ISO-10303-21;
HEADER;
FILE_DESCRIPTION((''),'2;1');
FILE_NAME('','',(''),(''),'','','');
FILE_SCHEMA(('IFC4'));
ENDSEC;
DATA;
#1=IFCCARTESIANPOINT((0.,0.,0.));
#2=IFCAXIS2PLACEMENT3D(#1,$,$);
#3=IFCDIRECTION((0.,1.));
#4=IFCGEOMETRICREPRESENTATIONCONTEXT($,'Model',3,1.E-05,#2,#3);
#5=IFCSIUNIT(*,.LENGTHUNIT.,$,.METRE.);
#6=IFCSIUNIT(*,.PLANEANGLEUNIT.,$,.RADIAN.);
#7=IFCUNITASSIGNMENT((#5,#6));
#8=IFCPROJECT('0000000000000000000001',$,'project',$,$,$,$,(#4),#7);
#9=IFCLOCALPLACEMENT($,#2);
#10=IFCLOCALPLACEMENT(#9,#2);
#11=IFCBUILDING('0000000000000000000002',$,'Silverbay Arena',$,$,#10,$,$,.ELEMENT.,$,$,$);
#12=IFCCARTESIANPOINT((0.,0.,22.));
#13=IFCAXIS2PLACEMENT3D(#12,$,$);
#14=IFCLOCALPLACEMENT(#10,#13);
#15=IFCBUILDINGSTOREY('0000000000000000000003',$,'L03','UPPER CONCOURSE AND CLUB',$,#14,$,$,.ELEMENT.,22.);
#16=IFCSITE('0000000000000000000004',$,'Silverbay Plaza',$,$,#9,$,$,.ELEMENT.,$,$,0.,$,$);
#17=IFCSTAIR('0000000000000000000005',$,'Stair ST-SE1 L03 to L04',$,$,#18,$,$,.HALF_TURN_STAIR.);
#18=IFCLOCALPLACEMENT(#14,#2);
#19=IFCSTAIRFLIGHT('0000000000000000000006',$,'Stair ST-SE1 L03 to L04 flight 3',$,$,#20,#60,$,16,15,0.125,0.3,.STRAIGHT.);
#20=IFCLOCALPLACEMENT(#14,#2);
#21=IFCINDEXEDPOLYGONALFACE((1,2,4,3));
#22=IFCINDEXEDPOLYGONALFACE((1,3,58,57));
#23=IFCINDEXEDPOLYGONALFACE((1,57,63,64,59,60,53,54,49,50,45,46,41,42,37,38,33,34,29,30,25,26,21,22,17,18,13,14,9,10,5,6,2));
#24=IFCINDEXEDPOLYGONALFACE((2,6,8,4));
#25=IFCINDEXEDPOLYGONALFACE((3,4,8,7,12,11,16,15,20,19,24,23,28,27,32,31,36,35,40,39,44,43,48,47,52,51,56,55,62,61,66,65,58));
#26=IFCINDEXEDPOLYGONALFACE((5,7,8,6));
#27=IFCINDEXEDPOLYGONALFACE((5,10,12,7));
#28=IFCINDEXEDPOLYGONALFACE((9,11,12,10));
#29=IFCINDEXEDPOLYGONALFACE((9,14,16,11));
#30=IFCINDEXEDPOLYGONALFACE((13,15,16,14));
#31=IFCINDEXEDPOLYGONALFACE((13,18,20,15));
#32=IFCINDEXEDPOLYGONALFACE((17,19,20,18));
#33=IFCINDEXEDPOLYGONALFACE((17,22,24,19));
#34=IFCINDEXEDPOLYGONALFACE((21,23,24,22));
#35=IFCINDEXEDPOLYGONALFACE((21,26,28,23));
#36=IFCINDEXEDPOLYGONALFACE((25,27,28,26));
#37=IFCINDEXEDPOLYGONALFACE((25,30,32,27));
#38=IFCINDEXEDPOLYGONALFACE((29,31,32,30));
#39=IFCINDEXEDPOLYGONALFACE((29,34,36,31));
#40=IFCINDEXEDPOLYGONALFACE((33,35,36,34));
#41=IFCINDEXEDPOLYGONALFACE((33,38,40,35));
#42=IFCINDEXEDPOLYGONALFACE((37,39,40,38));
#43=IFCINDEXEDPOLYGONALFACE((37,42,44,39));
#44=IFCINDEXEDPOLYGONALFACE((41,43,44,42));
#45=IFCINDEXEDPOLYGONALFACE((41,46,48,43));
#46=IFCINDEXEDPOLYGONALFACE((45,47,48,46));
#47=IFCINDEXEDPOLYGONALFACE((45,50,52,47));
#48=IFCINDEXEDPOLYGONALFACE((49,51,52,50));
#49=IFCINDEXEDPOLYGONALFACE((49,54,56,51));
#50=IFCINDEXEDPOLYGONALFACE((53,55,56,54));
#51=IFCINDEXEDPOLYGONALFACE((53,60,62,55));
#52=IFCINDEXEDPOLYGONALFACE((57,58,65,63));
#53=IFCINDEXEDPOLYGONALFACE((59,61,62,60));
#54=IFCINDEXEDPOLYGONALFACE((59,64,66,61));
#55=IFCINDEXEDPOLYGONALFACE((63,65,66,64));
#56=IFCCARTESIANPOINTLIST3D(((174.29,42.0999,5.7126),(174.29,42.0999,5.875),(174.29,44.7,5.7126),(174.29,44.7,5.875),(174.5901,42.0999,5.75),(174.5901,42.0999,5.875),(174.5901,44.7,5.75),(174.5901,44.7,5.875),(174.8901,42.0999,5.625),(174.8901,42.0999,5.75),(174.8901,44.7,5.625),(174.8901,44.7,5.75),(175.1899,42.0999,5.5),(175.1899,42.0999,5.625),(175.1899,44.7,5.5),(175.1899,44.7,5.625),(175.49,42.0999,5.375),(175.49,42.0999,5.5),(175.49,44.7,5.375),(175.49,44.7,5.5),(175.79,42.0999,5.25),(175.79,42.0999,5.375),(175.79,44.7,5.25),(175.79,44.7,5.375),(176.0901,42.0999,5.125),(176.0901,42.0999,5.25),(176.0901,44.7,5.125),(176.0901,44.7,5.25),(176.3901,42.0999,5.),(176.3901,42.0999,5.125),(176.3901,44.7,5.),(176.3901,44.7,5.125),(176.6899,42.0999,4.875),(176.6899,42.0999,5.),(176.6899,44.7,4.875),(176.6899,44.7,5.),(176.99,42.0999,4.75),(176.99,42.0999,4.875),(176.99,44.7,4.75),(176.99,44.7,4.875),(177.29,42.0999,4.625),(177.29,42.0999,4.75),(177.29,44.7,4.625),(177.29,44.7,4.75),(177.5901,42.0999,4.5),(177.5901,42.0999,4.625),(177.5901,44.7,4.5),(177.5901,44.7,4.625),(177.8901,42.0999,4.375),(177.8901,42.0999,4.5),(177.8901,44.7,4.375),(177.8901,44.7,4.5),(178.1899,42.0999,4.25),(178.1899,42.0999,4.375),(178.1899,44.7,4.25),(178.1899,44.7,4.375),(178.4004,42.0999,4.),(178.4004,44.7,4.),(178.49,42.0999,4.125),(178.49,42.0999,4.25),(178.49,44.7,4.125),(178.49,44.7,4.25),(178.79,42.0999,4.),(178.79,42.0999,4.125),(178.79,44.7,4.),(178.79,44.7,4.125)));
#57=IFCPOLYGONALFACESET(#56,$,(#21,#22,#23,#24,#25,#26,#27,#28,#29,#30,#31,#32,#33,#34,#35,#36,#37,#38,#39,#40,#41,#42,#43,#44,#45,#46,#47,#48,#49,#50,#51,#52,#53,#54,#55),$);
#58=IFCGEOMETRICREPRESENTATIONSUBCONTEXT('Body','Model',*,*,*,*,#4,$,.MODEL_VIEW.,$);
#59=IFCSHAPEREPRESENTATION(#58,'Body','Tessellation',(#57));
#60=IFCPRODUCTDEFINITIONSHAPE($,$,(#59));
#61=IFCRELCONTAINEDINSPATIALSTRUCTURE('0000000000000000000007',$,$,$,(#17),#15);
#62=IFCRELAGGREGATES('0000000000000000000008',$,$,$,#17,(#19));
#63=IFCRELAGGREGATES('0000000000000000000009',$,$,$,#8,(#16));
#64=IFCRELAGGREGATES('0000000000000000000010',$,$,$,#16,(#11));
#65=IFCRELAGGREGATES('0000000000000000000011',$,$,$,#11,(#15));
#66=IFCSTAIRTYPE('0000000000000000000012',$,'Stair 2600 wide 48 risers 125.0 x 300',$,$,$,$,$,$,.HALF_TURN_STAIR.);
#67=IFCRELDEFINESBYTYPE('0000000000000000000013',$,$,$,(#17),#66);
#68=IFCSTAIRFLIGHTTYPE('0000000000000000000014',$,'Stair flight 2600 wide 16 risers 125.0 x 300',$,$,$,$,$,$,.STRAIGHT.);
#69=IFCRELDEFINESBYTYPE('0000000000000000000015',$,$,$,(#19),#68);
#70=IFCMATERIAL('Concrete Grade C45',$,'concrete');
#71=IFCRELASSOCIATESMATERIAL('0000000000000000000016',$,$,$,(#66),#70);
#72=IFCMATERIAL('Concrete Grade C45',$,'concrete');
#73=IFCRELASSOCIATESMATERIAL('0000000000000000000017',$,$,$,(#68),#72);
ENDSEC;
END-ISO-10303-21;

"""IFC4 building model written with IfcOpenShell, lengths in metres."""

from ifc_helpers import new_model, si_unit, direction, frame, origin, place, context, subcontext, project, spatial, polyline, outline, extrude, material, type_object, element, aggregate, save


model = new_model("IFC4")

# Units and contexts
model_context = context("Model", 3, precision=1e-05, world=origin(), true_north=direction((0.0, 1.0)))
body_context = subcontext(model_context, "Body", "Model", "MODEL_VIEW")
ifc_project = project(units=[si_unit("LENGTHUNIT", "METRE"), si_unit("PLANEANGLEUNIT", "RADIAN")], contexts=[model_context])

# Site, building, storey
site_placement = place(None, origin())
site = spatial("IfcSite", under=ifc_project, at=site_placement, Name="Silverbay Plaza", CompositionType="ELEMENT", RefElevation=0.0)
building_placement = place(site_placement, origin())
building = spatial("IfcBuilding", under=site, at=building_placement, Name="Silverbay Arena", CompositionType="ELEMENT")
storey_placement = place(building_placement, frame((0.0, 0.0, 22.0)))
storey = spatial("IfcBuildingStorey", under=building, at=storey_placement, Name="L03", Description="UPPER CONCOURSE AND CLUB", CompositionType="ELEMENT", Elevation=22.0)

# Stair, stair flight
ifc_material_1 = material(Name="Concrete Grade C45", Category="concrete")
stair_type = type_object("IfcStairType", Name="Stair 2600 wide 48 risers 125.0 x 300", PredefinedType="HALF_TURN_STAIR", material=ifc_material_1)
stair_placement = place(storey_placement, origin())
stair = element("IfcStair", 1, at=stair_placement, inside=storey, type_object=stair_type, Name="Stair ST-SE1 L03 to L04", PredefinedType="HALF_TURN_STAIR")
ifc_material_2 = material(Name="Concrete Grade C45", Category="concrete")
stair_flight_type = type_object("IfcStairFlightType", Name="Stair flight 2600 wide 16 risers 125.0 x 300", PredefinedType="STRAIGHT", material=ifc_material_2)
stair_flight_1_placement = place(storey_placement, frame((178.79, 43.3999, 4.0), z_axis=(0.0, 0.0, 1.0), x_axis=(-1.0, 0.0, 0.0)))
stair_flight_1 = element("IfcStairFlight", 2, at=stair_flight_1_placement, type_object=stair_flight_type, Name="Stair ST-SE1 L03 to L04 flight 3", NumberOfRisers=16, NumberOfTreads=15, PredefinedType="STRAIGHT", RiserHeight=0.125, TreadLength=0.3, context=body_context, shape_type="SweptSolid", body=[
    extrude(outline(polyline([(0.0, 0.0), (0.0, 0.125), (0.3, 0.125), (0.3, 0.25), (0.6001, 0.25), (0.6001, 0.375), (0.8999, 0.375), (0.8999, 0.5), (1.2, 0.5), (1.2, 0.625), (1.5, 0.625), (1.5, 0.75), (1.8, 0.75), (1.8, 0.875), (2.1001, 0.875), (2.1001, 1.0), (2.3999, 1.0), (2.3999, 1.125), (2.7, 1.125), (2.7, 1.25), (3.0, 1.25), (3.0, 1.375), (3.3, 1.375), (3.3, 1.5), (3.6001, 1.5), (3.6001, 1.625), (3.8999, 1.625), (3.8999, 1.75), (4.2, 1.75), (4.2, 1.875), (4.5, 1.875), (4.5, 1.7126), (0.3896, 0.0), (0.0, 0.0)])), frame((0.0, 1.3, 0.0), z_axis=(0.0, -1.0, 0.0), x_axis=(1.0, 0.0, 0.0)), (0.0, 0.0, 1.0), 2.6001),
])
aggregate(stair, [stair_flight_1])

save(model, "model.ifc")
